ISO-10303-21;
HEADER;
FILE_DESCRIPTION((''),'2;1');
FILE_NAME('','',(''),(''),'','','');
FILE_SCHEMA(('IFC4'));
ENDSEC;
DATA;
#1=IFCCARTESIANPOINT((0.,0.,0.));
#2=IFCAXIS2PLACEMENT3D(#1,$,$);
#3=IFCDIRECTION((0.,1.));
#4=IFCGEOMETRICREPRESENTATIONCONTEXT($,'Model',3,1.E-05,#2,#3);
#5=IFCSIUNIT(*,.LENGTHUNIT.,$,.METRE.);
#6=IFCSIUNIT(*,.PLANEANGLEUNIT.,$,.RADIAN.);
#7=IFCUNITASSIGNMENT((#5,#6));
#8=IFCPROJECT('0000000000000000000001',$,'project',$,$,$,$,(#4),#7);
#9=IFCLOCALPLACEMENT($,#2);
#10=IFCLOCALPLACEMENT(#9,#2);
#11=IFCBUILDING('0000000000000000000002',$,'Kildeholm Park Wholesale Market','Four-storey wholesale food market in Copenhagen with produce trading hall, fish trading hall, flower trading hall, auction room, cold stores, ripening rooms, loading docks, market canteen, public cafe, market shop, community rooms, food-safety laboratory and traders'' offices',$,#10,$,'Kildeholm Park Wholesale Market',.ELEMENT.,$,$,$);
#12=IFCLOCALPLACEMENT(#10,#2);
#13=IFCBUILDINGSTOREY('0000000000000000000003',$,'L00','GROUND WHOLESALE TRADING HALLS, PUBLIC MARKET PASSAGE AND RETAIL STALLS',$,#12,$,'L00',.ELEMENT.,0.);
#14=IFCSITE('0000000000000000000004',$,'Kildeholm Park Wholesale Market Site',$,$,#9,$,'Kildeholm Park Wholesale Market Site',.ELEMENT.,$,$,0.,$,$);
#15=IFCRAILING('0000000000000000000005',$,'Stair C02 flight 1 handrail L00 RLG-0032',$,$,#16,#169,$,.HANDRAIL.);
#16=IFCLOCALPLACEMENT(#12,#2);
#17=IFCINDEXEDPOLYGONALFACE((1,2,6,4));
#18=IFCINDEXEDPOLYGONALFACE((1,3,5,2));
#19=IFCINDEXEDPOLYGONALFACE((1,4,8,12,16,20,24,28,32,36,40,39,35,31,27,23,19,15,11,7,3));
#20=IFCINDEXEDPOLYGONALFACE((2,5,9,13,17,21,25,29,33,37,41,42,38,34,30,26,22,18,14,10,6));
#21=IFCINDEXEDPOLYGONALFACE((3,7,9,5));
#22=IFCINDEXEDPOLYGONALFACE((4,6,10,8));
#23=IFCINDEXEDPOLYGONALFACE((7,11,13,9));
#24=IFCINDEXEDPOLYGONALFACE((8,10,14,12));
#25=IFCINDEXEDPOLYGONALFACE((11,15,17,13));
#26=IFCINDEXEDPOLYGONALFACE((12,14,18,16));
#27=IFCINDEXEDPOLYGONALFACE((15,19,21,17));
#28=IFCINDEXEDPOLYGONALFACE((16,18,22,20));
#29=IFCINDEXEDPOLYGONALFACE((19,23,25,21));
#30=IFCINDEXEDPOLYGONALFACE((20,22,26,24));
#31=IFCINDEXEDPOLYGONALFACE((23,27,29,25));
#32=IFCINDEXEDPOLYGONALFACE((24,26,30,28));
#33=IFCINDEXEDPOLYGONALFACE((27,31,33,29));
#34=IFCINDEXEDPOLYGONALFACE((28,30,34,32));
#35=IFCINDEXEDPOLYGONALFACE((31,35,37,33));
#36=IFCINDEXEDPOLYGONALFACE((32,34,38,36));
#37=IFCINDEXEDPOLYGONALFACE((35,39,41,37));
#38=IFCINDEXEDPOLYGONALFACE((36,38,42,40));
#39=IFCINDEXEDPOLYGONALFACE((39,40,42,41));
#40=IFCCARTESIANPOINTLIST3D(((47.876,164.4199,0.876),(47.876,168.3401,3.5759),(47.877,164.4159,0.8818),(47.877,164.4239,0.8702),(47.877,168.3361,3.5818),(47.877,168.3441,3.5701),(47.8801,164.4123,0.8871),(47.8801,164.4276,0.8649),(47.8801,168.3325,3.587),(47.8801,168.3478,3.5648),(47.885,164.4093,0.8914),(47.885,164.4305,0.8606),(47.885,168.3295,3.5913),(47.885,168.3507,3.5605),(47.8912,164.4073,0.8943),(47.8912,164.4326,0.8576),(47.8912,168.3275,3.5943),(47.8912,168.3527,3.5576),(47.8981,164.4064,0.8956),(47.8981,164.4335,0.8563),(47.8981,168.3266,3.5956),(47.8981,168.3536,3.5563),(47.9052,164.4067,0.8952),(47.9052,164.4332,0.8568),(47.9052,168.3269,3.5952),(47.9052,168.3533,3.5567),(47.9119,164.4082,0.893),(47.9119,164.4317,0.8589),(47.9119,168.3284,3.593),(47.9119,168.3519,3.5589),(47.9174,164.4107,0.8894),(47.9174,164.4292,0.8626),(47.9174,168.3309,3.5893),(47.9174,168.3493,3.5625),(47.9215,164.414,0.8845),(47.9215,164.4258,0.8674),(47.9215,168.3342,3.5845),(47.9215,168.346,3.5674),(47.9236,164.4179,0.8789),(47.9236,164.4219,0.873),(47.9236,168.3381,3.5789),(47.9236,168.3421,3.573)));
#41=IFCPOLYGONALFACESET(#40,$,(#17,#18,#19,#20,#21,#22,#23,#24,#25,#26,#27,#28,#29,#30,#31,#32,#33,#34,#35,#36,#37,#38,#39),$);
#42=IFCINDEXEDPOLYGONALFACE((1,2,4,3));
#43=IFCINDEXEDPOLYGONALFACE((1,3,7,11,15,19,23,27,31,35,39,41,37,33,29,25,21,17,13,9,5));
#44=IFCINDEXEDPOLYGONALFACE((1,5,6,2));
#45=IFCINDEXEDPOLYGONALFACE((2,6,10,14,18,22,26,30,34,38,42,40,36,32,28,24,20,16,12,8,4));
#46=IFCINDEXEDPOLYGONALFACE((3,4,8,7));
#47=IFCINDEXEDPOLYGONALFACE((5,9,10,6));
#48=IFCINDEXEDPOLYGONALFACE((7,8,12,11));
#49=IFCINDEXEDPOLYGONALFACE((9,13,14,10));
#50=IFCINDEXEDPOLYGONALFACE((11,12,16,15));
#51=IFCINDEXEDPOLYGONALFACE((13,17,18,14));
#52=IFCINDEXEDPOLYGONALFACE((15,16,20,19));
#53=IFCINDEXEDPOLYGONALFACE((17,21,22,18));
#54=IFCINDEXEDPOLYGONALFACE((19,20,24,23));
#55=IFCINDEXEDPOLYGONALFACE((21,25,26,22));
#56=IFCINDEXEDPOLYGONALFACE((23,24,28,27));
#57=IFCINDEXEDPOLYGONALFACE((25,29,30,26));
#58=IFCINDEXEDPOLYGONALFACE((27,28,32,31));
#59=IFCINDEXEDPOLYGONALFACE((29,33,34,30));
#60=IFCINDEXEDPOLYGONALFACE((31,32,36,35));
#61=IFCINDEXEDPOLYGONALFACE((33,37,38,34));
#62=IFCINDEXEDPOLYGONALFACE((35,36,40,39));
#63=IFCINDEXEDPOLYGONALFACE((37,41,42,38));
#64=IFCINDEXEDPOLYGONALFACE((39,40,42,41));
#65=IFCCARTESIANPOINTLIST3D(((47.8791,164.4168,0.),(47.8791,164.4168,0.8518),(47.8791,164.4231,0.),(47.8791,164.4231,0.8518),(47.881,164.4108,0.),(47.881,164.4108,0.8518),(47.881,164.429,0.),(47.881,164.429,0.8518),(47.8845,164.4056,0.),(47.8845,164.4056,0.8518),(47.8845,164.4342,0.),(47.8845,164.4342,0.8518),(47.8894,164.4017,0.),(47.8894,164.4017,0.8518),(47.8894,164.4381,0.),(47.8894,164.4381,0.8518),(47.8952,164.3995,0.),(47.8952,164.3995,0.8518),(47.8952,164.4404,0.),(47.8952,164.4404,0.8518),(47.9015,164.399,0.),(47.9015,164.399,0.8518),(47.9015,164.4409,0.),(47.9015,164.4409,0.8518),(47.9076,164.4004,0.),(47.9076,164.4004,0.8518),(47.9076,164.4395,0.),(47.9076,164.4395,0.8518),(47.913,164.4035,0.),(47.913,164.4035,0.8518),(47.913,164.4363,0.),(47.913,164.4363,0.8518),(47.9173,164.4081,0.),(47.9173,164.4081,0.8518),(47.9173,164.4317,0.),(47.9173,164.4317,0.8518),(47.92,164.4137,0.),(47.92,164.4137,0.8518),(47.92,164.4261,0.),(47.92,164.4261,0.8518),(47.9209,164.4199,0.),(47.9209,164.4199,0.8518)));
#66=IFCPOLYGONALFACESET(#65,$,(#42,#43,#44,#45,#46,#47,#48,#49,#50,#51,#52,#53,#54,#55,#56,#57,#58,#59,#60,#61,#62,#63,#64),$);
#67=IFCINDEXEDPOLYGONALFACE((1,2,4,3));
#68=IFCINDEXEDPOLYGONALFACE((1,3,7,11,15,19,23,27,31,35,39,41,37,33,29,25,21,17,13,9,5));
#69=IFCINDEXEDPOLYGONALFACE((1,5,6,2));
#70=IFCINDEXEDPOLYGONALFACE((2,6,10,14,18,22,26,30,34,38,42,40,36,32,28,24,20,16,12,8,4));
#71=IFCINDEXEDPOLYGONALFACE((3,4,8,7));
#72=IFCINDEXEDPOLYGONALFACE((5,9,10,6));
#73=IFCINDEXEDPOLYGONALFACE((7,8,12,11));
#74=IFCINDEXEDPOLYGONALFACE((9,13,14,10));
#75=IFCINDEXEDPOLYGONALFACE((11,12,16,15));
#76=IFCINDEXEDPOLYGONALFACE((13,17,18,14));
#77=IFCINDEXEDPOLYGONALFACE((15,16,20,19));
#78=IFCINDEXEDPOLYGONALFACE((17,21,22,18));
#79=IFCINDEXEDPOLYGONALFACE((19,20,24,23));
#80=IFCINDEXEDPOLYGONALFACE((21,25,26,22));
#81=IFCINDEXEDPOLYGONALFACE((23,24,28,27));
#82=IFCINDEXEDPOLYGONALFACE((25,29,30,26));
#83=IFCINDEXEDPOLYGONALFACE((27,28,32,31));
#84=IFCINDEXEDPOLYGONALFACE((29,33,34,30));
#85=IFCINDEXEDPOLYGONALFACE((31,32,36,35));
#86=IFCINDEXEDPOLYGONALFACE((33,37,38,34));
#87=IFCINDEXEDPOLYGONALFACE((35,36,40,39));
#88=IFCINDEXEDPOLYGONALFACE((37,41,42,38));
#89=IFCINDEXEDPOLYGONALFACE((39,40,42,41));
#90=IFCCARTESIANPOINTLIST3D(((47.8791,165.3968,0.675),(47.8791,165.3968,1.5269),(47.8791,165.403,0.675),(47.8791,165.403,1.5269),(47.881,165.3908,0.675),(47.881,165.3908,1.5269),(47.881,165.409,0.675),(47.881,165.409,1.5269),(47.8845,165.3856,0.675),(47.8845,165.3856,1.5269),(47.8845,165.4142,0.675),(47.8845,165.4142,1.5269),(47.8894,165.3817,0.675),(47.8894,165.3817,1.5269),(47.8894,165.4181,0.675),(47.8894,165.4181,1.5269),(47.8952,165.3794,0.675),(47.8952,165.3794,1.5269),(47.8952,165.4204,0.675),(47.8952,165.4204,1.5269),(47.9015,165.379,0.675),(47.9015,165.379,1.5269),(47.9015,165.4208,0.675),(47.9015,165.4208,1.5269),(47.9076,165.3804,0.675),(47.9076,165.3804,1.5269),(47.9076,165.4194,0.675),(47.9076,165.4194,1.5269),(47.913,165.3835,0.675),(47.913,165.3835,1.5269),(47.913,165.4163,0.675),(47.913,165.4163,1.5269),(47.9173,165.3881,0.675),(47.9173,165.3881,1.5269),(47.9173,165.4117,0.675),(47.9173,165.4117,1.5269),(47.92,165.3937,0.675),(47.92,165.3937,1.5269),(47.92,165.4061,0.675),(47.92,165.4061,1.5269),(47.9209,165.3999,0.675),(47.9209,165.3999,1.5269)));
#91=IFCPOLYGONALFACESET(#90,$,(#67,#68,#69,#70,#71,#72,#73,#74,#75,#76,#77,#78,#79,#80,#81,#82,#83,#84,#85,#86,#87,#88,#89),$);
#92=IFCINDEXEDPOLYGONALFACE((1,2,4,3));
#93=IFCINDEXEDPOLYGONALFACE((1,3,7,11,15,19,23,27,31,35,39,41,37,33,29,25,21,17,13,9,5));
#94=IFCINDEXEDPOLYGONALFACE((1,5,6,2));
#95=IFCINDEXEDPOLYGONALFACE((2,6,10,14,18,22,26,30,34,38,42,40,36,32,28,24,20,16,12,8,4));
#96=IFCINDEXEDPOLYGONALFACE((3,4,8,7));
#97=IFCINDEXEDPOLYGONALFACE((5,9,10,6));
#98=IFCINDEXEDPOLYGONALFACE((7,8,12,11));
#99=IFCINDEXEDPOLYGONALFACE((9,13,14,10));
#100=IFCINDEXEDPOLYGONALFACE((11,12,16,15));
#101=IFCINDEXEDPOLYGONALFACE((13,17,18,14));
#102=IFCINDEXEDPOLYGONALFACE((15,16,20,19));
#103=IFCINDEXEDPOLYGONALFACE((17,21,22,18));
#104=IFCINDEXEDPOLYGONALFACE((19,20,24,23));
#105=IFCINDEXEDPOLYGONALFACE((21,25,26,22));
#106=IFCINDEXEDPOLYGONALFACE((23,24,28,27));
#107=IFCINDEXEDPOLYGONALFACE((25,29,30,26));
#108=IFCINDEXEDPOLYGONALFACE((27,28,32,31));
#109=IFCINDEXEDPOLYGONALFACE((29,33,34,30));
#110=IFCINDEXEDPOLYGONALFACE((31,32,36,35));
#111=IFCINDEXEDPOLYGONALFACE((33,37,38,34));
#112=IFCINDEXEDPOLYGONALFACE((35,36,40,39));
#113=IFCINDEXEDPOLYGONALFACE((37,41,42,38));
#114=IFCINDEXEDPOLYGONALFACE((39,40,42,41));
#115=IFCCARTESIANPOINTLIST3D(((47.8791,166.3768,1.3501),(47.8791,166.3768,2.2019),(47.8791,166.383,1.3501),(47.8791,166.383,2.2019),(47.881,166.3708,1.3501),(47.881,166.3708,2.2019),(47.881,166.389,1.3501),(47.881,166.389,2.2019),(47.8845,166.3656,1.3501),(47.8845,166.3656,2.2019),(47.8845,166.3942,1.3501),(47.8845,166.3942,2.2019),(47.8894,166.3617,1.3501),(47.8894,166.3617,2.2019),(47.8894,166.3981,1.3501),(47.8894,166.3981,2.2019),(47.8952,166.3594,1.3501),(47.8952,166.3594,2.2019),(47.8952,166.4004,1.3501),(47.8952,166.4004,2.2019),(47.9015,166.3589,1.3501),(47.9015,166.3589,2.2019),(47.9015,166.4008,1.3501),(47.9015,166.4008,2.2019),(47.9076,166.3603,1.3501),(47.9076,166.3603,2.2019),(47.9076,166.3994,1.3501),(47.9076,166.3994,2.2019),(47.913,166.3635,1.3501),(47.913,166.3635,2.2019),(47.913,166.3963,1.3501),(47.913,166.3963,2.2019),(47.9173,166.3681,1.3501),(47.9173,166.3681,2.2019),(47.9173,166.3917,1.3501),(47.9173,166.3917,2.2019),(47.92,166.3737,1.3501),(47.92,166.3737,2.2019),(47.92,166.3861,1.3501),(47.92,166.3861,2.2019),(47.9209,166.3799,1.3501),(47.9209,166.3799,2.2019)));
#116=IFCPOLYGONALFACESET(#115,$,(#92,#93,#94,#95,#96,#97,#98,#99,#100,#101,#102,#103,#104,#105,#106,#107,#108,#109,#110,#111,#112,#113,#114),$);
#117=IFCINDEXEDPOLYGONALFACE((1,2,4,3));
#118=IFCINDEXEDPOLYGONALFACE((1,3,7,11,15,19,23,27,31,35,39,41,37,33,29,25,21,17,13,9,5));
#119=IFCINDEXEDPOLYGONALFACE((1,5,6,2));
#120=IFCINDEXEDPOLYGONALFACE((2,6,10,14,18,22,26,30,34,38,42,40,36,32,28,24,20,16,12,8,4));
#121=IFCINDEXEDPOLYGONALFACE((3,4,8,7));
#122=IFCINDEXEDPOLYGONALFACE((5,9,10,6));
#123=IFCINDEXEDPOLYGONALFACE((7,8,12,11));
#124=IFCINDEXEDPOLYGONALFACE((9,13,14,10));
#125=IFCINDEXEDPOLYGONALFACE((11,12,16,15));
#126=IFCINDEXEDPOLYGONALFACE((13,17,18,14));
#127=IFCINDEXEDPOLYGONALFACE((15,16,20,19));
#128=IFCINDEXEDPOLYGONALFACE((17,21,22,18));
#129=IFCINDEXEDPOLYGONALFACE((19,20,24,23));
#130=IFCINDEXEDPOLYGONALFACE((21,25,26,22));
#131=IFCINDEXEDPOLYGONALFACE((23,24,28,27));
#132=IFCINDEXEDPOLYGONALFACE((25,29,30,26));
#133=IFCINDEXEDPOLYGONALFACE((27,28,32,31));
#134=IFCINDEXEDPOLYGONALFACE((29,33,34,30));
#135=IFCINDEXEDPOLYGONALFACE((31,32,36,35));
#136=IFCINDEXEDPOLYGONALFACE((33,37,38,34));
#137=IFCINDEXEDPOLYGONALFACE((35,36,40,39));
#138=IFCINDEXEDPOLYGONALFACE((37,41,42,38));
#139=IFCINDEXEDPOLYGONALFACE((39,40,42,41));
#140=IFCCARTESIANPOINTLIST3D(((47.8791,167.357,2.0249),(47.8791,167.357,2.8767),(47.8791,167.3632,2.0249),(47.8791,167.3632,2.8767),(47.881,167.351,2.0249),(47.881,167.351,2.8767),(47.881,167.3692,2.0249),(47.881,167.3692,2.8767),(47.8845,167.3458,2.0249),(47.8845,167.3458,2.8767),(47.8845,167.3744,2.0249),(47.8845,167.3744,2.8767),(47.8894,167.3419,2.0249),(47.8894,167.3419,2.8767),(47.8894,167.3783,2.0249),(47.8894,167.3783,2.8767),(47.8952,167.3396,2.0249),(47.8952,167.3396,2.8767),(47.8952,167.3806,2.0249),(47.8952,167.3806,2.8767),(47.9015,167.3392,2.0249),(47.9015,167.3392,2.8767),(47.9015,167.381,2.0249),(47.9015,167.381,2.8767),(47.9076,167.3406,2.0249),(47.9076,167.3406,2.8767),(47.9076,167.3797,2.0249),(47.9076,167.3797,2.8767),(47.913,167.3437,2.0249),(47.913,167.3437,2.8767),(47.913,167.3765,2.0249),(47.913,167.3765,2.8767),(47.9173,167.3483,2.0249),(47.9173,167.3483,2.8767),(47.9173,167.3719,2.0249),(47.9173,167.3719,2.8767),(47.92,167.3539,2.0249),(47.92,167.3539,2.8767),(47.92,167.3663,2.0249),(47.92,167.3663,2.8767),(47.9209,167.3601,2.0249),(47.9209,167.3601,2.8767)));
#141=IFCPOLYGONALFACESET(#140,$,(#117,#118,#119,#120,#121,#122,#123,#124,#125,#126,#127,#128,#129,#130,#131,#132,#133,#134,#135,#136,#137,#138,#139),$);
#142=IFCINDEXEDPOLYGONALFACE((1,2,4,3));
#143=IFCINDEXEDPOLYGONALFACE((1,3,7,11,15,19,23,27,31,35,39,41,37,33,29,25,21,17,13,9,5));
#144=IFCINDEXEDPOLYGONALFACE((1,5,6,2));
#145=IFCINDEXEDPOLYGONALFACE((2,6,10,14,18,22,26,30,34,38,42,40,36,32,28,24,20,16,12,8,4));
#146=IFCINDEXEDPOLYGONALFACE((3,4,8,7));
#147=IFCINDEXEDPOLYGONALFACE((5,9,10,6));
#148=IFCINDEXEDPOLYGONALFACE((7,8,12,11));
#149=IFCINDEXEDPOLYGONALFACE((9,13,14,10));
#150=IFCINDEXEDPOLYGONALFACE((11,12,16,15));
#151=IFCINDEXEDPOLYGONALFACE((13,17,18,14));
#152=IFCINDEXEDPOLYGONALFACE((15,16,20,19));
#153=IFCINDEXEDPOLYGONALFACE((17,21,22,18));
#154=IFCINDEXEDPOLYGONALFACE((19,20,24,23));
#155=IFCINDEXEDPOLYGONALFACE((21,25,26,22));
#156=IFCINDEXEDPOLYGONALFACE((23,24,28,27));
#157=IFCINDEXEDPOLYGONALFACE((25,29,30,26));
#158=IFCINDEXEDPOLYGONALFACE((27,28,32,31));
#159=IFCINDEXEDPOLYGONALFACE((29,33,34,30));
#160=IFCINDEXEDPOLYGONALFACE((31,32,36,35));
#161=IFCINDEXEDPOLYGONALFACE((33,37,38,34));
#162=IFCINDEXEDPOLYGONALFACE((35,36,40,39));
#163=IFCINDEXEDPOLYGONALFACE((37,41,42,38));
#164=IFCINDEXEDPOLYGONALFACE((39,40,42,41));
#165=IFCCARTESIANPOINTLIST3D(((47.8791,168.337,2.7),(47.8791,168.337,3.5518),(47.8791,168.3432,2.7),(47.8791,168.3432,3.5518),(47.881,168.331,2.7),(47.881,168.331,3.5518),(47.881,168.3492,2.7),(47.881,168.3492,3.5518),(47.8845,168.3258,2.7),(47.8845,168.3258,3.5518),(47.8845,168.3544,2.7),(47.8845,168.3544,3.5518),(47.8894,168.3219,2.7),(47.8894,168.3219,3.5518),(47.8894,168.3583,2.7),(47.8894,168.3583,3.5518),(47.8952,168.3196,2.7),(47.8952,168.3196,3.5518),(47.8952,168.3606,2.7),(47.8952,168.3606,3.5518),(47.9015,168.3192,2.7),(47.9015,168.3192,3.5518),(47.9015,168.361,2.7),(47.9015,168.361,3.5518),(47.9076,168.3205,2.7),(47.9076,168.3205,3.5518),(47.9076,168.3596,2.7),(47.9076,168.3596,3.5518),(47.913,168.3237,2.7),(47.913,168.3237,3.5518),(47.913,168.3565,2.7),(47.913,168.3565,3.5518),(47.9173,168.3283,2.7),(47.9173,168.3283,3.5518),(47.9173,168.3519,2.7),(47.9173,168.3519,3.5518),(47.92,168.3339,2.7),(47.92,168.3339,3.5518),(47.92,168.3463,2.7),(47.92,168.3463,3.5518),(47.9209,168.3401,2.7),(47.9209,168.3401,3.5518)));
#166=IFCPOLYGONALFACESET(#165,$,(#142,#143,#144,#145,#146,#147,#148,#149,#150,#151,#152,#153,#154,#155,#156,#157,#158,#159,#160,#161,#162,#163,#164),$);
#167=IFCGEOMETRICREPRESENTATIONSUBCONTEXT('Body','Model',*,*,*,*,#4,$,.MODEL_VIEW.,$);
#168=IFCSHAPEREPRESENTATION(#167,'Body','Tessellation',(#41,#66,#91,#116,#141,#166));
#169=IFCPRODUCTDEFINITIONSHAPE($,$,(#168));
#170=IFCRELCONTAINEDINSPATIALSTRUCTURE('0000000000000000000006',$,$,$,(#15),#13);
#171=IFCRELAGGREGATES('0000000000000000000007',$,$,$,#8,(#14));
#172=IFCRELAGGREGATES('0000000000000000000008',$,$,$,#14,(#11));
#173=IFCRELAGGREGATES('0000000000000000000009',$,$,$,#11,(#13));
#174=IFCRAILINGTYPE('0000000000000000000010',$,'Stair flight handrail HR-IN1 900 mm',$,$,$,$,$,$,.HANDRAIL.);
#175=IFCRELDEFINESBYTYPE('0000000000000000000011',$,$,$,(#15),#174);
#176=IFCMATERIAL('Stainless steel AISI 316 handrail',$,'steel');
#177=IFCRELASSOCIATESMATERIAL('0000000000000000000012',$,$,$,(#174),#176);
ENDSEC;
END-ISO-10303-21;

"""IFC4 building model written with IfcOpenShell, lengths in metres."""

from ifc_helpers import new_model, si_unit, direction, frame, origin, origin_2d, place, context, subcontext, project, spatial, circle, extrude, material, type_object, element, save


model = new_model("IFC4")

# Units and contexts
model_context = context("Model", 3, precision=1e-05, world=origin(), true_north=direction((0.0, 1.0)))
body_context = subcontext(model_context, "Body", "Model", "MODEL_VIEW")
ifc_project = project(units=[si_unit("LENGTHUNIT", "METRE"), si_unit("PLANEANGLEUNIT", "RADIAN")], contexts=[model_context])

# Site, building, storey
site_placement = place(None, origin())
site = spatial("IfcSite", under=ifc_project, at=site_placement, Name="Kildeholm Park Wholesale Market Site", LongName="Kildeholm Park Wholesale Market Site", CompositionType="ELEMENT", RefElevation=0.0)
building_placement = place(site_placement, origin())
building = spatial("IfcBuilding", under=site, at=building_placement, Name="Kildeholm Park Wholesale Market", Description="Four-storey wholesale food market in Copenhagen with produce trading hall, fish trading hall, flower trading hall, auction room, cold stores, ripening rooms, loading docks, market canteen, public cafe, market shop, community rooms, food-safety laboratory and traders' offices", LongName="Kildeholm Park Wholesale Market", CompositionType="ELEMENT")
storey_placement = place(building_placement, origin())
storey = spatial("IfcBuildingStorey", under=building, at=storey_placement, Name="L00", Description="GROUND WHOLESALE TRADING HALLS, PUBLIC MARKET PASSAGE AND RETAIL STALLS", LongName="L00", CompositionType="ELEMENT", Elevation=0.0)

# Railing
ifc_material_1 = material(Name="Stainless steel AISI 316 handrail", Category="steel")
railing_type_1 = type_object("IfcRailingType", Name="Stair flight handrail HR-IN1 900 mm", PredefinedType="HANDRAIL", material=ifc_material_1)
railing_1_placement = place(storey_placement, frame((47.8999, 164.4199, 0.0)))
element("IfcRailing", 1, at=railing_1_placement, inside=storey, type_object=railing_type_1, Name="Stair C02 flight 1 handrail L00 RLG-0032", PredefinedType="HANDRAIL", context=body_context, shape_type="SweptSolid", body=[
    extrude(circle(Radius=0.0239, at=origin_2d()), frame((0.0, 0.0, 0.876), z_axis=(0.0, 0.823567, 0.567219), x_axis=(-1.0, 0.0, 0.0)), (0.0, 0.0, 1.0), 4.76),
    extrude(circle(Radius=0.021, at=origin_2d()), origin(), (0.0, 0.0, 1.0), 0.8518),
    extrude(circle(Radius=0.021, at=origin_2d()), frame((0.0, 0.98, 0.675)), (0.0, 0.0, 1.0), 0.8518),
    extrude(circle(Radius=0.021, at=origin_2d()), frame((0.0, 1.96, 1.3501)), (0.0, 0.0, 1.0), 0.8518),
    extrude(circle(Radius=0.021, at=origin_2d()), frame((0.0, 2.9402, 2.0249)), (0.0, 0.0, 1.0), 0.8518),
    extrude(circle(Radius=0.021, at=origin_2d()), frame((0.0, 3.9202, 2.7)), (0.0, 0.0, 1.0), 0.8518),
])

save(model, "model.ifc")
